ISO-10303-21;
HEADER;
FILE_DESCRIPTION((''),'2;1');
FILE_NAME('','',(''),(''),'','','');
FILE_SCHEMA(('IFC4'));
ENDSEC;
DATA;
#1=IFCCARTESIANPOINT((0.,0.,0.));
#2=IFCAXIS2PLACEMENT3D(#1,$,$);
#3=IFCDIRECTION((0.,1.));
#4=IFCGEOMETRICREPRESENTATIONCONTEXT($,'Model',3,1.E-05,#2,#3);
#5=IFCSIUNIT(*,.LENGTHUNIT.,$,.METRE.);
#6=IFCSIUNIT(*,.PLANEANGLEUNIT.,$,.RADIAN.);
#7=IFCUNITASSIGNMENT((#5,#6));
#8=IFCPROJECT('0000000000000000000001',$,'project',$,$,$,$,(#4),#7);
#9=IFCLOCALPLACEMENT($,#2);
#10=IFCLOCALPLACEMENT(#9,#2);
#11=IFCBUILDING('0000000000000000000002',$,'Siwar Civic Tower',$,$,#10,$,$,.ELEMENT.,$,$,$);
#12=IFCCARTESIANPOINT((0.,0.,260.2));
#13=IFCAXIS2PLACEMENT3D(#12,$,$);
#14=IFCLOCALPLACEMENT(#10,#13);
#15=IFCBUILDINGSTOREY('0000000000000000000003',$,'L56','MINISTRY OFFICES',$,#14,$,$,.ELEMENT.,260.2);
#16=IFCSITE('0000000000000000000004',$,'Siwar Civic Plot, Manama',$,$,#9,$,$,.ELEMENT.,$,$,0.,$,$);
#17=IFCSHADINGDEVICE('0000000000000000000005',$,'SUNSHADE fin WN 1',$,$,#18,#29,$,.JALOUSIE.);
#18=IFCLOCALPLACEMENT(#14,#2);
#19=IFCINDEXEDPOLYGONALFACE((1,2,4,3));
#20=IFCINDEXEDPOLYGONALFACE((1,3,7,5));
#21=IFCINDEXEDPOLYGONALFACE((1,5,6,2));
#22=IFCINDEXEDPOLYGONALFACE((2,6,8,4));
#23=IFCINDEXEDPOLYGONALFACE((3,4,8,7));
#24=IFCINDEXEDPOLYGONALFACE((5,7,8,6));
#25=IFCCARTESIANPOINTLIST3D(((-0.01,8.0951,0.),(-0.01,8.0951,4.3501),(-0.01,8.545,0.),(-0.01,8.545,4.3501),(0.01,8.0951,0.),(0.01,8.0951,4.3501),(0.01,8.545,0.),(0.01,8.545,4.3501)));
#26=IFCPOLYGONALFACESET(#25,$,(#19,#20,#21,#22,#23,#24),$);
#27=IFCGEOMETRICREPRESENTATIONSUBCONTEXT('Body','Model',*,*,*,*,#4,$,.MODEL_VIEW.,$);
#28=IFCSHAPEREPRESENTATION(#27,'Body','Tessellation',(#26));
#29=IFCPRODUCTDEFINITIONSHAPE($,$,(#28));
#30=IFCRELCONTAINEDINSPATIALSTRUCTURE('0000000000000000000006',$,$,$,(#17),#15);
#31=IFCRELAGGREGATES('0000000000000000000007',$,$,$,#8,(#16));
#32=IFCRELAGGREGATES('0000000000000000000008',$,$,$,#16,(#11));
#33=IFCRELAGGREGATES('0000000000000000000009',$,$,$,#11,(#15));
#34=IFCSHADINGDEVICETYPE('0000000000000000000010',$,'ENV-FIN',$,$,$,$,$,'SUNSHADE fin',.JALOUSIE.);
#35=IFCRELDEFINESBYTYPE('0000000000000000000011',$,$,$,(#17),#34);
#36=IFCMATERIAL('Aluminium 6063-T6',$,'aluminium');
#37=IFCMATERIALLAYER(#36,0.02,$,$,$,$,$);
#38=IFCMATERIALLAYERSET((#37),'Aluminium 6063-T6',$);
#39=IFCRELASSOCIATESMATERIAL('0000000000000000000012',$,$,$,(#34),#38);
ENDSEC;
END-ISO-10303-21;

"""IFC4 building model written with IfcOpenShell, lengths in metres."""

from ifc_helpers import new_model, si_unit, direction, frame, origin, origin_2d, place, context, subcontext, project, spatial, rectangle, extrude, material, layer, layer_set, type_object, element, save


model = new_model("IFC4")

# Units and contexts
model_context = context("Model", 3, precision=1e-05, world=origin(), true_north=direction((0.0, 1.0)))
body_context = subcontext(model_context, "Body", "Model", "MODEL_VIEW")
ifc_project = project(units=[si_unit("LENGTHUNIT", "METRE"), si_unit("PLANEANGLEUNIT", "RADIAN")], contexts=[model_context])

# Site, building, storey
site_placement = place(None, origin())
site = spatial("IfcSite", under=ifc_project, at=site_placement, Name="Siwar Civic Plot, Manama", CompositionType="ELEMENT", RefElevation=0.0)
building_placement = place(site_placement, origin())
building = spatial("IfcBuilding", under=site, at=building_placement, Name="Siwar Civic Tower", CompositionType="ELEMENT")
storey_placement = place(building_placement, frame((0.0, 0.0, 260.2)))
storey = spatial("IfcBuildingStorey", under=building, at=storey_placement, Name="L56", Description="MINISTRY OFFICES", CompositionType="ELEMENT", Elevation=260.2)

# Shading device
ifc_material_1 = material(Name="Aluminium 6063-T6", Category="aluminium")
ifc_layer_1 = layer(ifc_material_1, 0.02)
ifc_layer_set_1 = layer_set([ifc_layer_1], Name="Aluminium 6063-T6")
shading_device_type = type_object("IfcShadingDeviceType", Name="ENV-FIN", ElementType="SUNSHADE fin", PredefinedType="JALOUSIE", material=ifc_layer_set_1)
shading_device_placement = place(storey_placement, frame((0.0, 8.3201, 0.0), z_axis=(0.0, 0.0, 1.0), x_axis=(-1.0, 0.0, 0.0)))
element("IfcShadingDevice", 1, at=shading_device_placement, inside=storey, type_object=shading_device_type, Name="SUNSHADE fin WN 1", PredefinedType="JALOUSIE", context=body_context, shape_type="SweptSolid", body=[
    extrude(rectangle(XDim=0.02, YDim=0.45, at=origin_2d()), origin(), (0.0, 0.0, 1.0), 4.3501),
])

save(model, "model.ifc")
